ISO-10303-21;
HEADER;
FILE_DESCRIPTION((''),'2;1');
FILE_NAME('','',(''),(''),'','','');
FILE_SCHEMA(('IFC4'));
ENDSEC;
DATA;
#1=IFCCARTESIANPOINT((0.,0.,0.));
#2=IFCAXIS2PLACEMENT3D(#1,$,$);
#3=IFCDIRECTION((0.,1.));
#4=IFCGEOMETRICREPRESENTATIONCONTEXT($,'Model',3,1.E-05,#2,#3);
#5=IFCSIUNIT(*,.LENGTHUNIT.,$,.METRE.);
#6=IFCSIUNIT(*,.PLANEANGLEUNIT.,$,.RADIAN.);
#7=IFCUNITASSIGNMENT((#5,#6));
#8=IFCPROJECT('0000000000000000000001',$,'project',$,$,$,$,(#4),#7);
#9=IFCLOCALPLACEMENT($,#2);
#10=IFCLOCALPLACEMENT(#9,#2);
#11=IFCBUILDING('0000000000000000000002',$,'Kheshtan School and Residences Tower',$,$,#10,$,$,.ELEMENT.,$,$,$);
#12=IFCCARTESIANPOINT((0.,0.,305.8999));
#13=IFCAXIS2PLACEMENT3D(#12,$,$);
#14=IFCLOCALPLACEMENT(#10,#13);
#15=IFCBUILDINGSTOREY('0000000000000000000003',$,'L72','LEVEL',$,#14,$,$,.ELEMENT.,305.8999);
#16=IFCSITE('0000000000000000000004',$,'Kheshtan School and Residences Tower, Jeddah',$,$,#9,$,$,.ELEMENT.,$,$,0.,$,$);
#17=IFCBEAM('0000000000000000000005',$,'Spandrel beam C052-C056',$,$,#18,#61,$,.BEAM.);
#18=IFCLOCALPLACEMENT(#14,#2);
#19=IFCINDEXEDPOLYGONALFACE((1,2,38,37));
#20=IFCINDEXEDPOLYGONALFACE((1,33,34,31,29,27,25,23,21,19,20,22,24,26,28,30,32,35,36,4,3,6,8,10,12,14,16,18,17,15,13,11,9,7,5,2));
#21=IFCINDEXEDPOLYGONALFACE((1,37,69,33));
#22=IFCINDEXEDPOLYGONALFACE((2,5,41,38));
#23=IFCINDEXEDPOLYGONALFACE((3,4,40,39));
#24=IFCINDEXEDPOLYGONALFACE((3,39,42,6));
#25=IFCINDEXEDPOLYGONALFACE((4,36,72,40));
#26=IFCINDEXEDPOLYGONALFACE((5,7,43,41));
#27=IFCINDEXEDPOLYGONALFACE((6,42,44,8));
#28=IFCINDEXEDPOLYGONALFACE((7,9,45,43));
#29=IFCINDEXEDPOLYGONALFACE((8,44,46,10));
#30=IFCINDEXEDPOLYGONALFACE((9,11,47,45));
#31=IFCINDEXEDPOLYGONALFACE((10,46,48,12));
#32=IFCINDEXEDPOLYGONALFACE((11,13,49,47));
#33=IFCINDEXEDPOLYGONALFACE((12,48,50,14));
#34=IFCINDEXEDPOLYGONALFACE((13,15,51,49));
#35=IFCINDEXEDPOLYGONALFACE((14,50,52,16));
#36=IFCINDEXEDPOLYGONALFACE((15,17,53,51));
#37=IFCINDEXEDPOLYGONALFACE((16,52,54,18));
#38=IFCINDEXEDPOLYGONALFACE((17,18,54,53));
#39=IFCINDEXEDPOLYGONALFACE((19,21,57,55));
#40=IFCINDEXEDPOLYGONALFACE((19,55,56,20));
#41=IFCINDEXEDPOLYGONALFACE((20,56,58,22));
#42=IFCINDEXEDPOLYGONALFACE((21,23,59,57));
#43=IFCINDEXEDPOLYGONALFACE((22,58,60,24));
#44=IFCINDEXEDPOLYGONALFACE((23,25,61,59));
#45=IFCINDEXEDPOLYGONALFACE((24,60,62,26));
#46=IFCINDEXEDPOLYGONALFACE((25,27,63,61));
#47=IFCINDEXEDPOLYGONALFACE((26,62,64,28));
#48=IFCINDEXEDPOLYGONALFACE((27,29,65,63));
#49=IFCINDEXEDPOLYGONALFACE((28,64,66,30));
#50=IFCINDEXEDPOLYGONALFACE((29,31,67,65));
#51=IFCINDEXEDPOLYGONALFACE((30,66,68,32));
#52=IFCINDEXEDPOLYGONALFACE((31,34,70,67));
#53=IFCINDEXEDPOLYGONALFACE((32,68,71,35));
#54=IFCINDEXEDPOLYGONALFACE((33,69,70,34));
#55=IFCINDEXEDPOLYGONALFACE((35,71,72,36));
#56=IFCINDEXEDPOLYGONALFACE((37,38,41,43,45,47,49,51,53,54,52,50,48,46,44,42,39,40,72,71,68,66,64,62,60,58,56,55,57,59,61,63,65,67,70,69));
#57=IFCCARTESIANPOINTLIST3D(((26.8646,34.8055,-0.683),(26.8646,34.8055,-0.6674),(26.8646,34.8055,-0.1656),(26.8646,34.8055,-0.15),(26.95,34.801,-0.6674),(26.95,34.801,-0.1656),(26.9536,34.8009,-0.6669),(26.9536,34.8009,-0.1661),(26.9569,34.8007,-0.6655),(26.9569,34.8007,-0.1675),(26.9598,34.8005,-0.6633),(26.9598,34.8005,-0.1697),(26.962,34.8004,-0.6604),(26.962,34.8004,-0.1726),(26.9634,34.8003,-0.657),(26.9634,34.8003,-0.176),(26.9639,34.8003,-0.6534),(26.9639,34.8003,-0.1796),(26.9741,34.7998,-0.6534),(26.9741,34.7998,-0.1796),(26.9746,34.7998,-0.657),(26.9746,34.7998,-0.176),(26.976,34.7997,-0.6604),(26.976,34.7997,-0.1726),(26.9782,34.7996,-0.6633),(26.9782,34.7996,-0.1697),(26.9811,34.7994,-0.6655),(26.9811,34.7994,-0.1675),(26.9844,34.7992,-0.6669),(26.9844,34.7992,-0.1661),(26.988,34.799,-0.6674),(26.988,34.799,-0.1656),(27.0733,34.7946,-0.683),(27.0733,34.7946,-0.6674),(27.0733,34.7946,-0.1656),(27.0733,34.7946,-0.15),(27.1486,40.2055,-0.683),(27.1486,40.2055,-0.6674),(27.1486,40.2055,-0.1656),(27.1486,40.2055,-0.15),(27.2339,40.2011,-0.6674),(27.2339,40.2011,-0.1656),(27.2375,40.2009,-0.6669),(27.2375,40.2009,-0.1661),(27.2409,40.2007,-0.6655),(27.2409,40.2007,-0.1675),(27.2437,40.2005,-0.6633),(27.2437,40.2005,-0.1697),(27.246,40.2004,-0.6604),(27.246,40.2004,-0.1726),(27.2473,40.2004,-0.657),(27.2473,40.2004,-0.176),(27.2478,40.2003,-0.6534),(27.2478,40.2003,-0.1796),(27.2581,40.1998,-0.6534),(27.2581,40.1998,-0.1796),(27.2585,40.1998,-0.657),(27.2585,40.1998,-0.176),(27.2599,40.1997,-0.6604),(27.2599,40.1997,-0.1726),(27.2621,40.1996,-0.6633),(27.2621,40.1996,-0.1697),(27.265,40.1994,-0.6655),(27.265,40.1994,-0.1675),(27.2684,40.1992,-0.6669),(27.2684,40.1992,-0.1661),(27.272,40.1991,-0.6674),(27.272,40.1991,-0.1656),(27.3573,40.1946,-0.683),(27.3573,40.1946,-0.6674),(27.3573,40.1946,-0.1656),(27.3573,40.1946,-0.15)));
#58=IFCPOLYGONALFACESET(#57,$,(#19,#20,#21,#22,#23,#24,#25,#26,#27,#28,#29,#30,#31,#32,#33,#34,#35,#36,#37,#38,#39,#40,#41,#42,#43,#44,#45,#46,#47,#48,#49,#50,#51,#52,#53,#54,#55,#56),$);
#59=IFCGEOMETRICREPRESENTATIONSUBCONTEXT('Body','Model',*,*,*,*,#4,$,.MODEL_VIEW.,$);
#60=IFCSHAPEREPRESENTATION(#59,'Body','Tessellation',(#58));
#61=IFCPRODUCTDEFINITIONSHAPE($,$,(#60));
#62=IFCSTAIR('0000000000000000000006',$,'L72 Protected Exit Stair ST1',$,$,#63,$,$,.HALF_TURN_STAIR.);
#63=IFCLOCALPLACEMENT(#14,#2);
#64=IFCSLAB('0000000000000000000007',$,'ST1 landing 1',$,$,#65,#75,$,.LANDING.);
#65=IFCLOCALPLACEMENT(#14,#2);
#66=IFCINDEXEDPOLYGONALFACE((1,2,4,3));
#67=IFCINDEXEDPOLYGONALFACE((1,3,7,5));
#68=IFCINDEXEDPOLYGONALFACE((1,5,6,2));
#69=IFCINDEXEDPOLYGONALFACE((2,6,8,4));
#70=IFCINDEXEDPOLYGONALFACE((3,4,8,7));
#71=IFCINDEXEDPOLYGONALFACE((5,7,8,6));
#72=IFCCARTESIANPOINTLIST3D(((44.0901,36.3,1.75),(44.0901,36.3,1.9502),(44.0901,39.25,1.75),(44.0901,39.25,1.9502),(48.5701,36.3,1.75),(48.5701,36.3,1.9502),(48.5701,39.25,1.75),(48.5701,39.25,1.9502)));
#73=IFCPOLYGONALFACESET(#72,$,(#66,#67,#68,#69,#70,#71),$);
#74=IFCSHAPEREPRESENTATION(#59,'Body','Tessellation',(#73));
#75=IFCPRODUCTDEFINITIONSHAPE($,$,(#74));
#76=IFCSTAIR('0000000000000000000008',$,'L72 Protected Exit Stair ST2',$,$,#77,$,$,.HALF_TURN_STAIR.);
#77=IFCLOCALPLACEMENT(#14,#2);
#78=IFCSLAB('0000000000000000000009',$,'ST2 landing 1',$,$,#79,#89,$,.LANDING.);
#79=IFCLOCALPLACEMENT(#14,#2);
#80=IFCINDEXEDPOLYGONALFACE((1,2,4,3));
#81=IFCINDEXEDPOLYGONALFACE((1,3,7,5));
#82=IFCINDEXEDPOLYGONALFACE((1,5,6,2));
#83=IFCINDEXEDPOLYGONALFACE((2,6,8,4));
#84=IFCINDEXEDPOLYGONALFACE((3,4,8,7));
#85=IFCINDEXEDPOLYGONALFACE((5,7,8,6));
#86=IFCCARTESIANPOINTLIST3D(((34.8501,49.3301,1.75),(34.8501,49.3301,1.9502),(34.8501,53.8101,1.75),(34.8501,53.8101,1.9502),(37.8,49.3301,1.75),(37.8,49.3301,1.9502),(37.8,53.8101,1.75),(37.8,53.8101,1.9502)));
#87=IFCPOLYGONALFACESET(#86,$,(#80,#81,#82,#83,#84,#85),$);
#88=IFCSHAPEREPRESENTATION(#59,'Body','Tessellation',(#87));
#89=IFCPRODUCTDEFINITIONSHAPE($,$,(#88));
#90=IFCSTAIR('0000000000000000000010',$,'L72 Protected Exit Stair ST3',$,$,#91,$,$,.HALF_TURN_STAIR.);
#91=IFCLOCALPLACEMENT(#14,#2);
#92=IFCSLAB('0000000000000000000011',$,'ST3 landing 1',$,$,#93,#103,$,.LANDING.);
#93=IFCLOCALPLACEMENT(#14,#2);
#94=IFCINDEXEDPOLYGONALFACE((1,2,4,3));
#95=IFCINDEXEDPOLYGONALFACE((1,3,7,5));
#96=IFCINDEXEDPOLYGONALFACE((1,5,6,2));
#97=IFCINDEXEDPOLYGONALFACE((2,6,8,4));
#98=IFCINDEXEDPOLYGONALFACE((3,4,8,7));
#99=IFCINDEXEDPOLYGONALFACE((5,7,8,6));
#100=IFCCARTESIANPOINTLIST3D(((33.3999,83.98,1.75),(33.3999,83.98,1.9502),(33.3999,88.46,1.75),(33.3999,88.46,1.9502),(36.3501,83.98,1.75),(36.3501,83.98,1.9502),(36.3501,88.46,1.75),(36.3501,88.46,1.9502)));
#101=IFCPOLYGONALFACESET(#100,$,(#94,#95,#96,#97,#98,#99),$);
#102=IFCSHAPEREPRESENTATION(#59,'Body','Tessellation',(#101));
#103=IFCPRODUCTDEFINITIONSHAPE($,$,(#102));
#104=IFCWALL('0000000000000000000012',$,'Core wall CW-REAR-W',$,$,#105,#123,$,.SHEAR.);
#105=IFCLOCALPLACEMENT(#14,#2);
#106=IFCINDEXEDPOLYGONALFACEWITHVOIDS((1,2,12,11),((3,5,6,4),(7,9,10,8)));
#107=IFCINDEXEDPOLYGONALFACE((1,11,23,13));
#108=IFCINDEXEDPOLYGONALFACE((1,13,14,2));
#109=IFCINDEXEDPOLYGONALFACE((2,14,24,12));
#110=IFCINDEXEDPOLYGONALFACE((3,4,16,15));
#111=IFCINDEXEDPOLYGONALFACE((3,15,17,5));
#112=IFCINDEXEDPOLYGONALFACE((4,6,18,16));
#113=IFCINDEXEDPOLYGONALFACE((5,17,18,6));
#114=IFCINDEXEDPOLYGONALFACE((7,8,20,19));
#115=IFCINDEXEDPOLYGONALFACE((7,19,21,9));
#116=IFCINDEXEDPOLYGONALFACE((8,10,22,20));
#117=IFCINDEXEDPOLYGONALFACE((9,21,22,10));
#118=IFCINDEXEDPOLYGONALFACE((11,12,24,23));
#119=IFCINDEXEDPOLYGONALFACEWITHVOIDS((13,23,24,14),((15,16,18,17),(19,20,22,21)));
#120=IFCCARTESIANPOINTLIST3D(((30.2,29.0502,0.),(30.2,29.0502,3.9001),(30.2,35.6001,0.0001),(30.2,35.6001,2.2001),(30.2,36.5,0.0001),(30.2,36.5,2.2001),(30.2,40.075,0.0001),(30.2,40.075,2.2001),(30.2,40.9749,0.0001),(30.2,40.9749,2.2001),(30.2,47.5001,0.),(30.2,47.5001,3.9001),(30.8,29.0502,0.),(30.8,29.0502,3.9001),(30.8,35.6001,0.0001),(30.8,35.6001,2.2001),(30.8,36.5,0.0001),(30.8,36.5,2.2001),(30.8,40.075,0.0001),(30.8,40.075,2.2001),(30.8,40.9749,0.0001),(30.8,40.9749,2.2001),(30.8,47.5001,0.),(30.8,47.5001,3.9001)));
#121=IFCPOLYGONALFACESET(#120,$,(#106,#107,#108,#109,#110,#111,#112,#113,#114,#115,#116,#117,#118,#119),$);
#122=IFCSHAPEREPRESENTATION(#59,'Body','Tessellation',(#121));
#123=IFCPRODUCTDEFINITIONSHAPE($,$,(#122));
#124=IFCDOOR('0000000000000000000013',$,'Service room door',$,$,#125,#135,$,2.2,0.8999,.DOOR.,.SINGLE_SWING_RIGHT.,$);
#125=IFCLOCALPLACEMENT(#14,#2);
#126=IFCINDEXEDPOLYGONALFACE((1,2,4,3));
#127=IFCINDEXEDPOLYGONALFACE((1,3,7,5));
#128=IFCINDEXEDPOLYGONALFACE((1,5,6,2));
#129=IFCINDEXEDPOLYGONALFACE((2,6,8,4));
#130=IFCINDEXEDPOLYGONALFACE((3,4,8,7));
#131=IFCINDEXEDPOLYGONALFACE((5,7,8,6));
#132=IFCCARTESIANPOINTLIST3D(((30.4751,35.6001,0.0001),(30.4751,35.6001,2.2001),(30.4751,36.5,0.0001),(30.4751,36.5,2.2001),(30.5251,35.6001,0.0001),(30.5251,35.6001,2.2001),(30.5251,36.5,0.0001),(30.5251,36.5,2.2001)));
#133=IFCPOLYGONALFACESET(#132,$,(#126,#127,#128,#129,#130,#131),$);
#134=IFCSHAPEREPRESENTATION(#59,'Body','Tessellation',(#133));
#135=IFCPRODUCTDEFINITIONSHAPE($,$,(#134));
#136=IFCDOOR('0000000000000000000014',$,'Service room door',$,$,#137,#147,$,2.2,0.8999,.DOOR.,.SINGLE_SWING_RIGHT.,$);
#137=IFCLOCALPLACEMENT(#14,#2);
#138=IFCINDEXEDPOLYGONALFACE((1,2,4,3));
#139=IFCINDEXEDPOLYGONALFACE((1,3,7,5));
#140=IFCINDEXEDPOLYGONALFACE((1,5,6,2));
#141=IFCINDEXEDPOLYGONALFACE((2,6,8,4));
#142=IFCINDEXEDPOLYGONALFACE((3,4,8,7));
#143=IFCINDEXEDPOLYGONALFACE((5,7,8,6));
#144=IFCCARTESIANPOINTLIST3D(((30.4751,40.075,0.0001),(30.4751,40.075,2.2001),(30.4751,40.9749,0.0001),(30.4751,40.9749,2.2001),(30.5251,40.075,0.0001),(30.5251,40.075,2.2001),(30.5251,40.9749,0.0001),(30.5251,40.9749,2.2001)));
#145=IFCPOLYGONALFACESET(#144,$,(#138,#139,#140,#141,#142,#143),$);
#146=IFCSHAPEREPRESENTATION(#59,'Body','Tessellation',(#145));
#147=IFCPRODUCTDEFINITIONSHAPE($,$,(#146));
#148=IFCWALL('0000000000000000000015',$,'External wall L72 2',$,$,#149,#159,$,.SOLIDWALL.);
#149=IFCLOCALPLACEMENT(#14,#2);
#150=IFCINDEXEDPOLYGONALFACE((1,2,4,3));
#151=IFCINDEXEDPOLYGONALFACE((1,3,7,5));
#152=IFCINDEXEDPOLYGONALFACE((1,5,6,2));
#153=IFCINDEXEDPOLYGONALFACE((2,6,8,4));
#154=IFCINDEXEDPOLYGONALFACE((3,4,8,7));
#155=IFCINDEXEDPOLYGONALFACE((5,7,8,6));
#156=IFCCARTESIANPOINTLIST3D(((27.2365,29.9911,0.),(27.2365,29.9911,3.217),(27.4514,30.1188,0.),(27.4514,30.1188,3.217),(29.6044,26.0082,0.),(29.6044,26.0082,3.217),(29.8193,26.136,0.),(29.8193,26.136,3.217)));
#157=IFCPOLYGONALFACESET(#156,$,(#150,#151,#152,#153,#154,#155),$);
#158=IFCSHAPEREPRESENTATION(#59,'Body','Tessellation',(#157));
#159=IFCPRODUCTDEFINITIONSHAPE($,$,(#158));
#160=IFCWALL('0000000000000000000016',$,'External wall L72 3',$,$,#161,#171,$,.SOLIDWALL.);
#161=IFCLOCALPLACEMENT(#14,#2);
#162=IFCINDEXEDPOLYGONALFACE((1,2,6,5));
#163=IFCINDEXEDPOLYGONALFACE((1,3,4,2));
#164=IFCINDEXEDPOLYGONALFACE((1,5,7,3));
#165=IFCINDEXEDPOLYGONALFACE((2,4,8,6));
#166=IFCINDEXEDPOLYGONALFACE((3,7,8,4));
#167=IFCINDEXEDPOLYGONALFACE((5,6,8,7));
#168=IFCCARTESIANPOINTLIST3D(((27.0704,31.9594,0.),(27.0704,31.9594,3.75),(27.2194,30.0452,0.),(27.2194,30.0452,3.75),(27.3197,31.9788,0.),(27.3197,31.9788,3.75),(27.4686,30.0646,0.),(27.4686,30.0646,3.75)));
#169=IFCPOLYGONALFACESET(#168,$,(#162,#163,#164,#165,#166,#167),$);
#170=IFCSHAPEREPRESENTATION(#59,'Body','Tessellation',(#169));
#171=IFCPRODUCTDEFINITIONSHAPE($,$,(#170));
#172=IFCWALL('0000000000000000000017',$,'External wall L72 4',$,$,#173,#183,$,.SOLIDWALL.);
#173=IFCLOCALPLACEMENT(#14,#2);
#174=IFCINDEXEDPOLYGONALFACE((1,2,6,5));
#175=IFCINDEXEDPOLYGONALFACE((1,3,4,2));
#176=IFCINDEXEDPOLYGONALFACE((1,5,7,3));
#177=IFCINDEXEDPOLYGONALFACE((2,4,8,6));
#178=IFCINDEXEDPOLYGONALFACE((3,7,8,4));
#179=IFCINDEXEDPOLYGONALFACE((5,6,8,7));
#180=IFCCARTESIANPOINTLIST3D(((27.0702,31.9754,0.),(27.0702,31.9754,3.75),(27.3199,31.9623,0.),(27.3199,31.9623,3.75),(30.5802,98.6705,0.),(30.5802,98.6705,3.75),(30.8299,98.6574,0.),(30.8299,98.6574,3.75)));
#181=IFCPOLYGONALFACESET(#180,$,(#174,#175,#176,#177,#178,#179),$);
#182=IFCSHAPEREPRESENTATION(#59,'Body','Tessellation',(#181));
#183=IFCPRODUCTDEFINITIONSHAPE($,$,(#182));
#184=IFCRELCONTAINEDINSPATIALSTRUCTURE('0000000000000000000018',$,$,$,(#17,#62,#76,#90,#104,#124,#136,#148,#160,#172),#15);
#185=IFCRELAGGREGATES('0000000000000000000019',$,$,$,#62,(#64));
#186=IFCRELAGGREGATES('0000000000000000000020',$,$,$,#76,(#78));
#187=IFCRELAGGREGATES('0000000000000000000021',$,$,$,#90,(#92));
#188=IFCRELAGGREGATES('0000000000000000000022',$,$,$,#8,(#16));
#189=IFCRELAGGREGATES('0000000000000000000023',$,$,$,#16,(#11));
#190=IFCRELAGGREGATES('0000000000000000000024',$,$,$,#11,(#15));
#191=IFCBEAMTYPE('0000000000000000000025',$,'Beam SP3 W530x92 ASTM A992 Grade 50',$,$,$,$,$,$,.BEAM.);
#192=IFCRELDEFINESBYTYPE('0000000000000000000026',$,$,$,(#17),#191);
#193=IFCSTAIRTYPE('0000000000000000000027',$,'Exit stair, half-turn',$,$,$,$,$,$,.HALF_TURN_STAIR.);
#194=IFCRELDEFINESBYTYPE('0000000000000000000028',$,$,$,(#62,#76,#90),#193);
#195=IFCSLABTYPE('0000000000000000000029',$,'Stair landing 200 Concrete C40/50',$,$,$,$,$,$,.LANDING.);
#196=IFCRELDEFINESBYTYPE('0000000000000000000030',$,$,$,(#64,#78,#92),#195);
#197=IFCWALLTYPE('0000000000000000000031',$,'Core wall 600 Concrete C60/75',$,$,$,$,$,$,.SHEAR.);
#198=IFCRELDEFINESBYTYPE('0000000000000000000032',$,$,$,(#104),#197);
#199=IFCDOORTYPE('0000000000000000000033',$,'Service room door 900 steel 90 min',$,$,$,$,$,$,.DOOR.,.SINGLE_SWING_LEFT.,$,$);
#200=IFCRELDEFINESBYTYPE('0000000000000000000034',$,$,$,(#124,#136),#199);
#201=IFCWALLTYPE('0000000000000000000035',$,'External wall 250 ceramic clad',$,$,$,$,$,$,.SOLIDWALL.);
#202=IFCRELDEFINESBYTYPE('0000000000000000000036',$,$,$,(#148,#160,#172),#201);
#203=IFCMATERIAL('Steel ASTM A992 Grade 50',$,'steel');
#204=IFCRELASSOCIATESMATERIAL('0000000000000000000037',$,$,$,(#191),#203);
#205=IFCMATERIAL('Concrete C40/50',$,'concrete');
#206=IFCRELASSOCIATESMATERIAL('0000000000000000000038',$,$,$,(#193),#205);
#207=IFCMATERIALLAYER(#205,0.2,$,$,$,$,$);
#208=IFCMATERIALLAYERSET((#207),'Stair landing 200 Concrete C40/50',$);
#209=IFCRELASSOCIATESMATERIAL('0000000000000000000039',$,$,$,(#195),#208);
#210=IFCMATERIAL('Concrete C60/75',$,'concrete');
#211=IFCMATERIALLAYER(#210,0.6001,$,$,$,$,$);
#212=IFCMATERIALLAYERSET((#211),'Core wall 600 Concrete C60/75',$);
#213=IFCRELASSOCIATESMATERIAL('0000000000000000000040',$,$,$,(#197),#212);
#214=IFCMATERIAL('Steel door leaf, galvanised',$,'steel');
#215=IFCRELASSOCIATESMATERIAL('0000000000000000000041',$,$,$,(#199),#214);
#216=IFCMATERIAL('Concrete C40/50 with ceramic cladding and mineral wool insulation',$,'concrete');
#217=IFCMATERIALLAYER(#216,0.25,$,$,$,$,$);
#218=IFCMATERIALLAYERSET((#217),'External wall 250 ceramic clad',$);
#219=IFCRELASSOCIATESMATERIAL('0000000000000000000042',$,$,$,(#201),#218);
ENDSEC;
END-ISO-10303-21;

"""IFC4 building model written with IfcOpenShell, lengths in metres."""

from ifc_helpers import new_model, si_unit, direction, frame, frame_2d, origin, origin_2d, place, context, subcontext, project, spatial, polyline, rectangle, i_section, outline, extrude, source, transform, mapped, material, layer, layer_set, material_profile, profile_set, type_object, element, fill, aggregate, save


model = new_model("IFC4")

# Units and contexts
model_context = context("Model", 3, precision=1e-05, world=origin(), true_north=direction((0.0, 1.0)))
body_context = subcontext(model_context, "Body", "Model", "MODEL_VIEW")
ifc_project = project(units=[si_unit("LENGTHUNIT", "METRE"), si_unit("PLANEANGLEUNIT", "RADIAN")], contexts=[model_context])

# Site, building, storey
site_placement = place(None, origin())
site = spatial("IfcSite", under=ifc_project, at=site_placement, Name="Kheshtan School and Residences Tower, Jeddah", CompositionType="ELEMENT", RefElevation=0.0)
building_placement = place(site_placement, origin())
building = spatial("IfcBuilding", under=site, at=building_placement, Name="Kheshtan School and Residences Tower", CompositionType="ELEMENT")
storey_placement = place(building_placement, frame((0.0, 0.0, 305.8999)))
storey = spatial("IfcBuildingStorey", under=building, at=storey_placement, Name="L72", Description="LEVEL", CompositionType="ELEMENT", Elevation=305.8999)

# Shared definitions
ifc_material_1 = material(Name="Steel ASTM A992 Grade 50", Category="steel")

# Beam
ifc_material_profile_1 = material_profile(ifc_material_1, i_section(OverallWidth=0.209, OverallDepth=0.533, WebThickness=0.0103, FlangeThickness=0.0156, FilletRadius=0.0139, at=origin_2d()), Name="W530x92")
ifc_profile_set_1 = profile_set([ifc_material_profile_1], Name="Steel ASTM A992 Grade 50")
beam_type_1 = type_object("IfcBeamType", Name="Beam SP3 W530x92 ASTM A992 Grade 50", PredefinedType="BEAM", material=ifc_profile_set_1)
beam_1_placement = place(storey_placement, frame((26.969, 34.8, -0.4165), z_axis=(0.052509, 0.99862, 0.0), x_axis=(-0.99862, 0.052509, 0.0)))
element("IfcBeam", 1, at=beam_1_placement, inside=storey, type_object=beam_type_1, Name="Spandrel beam C052-C056", PredefinedType="BEAM", context=body_context, shape_type="SweptSolid", body=[
    extrude(i_section(OverallWidth=0.209, OverallDepth=0.533, WebThickness=0.0103, FlangeThickness=0.0156, FilletRadius=0.0139, at=origin_2d()), origin(), (0.0, 0.0, 1.0), 5.4075),
])

# Shared definitions
ifc_material_2 = material(Name="Concrete C40/50", Category="concrete")

# Stairs, slabs
stair_type = type_object("IfcStairType", Name="Exit stair, half-turn", PredefinedType="HALF_TURN_STAIR", material=ifc_material_2)
stair_1_placement = place(storey_placement, origin())
stair_1 = element("IfcStair", 2, at=stair_1_placement, inside=storey, type_object=stair_type, Name="L72 Protected Exit Stair ST1", PredefinedType="HALF_TURN_STAIR")
ifc_layer_1 = layer(ifc_material_2, 0.2)
ifc_layer_set_1 = layer_set([ifc_layer_1], Name="Stair landing 200 Concrete C40/50")
slab_type_1 = type_object("IfcSlabType", Name="Stair landing 200 Concrete C40/50", PredefinedType="LANDING", material=ifc_layer_set_1)
slab_1_placement = place(storey_placement, frame((0.0, 0.0, 1.75)))
slab_1 = element("IfcSlab", 3, at=slab_1_placement, type_object=slab_type_1, Name="ST1 landing 1", PredefinedType="LANDING", context=body_context, shape_type="SweptSolid", body=[
    extrude(outline(polyline([(48.5701, 39.25), (44.0901, 39.25), (44.0901, 36.3), (48.5701, 36.3), (48.5701, 39.25)])), origin(), (0.0, 0.0, 1.0), 0.2002),
])
aggregate(stair_1, [slab_1])
stair_2_placement = place(storey_placement, origin())
stair_2 = element("IfcStair", 4, at=stair_2_placement, inside=storey, type_object=stair_type, Name="L72 Protected Exit Stair ST2", PredefinedType="HALF_TURN_STAIR")
slab_2_placement = place(storey_placement, frame((0.0, 0.0, 1.75)))
slab_2 = element("IfcSlab", 5, at=slab_2_placement, type_object=slab_type_1, Name="ST2 landing 1", PredefinedType="LANDING", context=body_context, shape_type="SweptSolid", body=[
    extrude(outline(polyline([(37.8, 49.3301), (37.8, 53.8101), (34.8501, 53.8101), (34.8501, 49.3301), (37.8, 49.3301)])), origin(), (0.0, 0.0, 1.0), 0.2002),
])
aggregate(stair_2, [slab_2])
stair_3_placement = place(storey_placement, origin())
stair_3 = element("IfcStair", 6, at=stair_3_placement, inside=storey, type_object=stair_type, Name="L72 Protected Exit Stair ST3", PredefinedType="HALF_TURN_STAIR")
slab_3_placement = place(storey_placement, frame((0.0, 0.0, 1.75)))
slab_3 = element("IfcSlab", 7, at=slab_3_placement, type_object=slab_type_1, Name="ST3 landing 1", PredefinedType="LANDING", context=body_context, shape_type="SweptSolid", body=[
    extrude(outline(polyline([(36.3501, 83.98), (36.3501, 88.46), (33.3999, 88.46), (33.3999, 83.98), (36.3501, 83.98)])), origin(), (0.0, 0.0, 1.0), 0.2002),
])
aggregate(stair_3, [slab_3])

# Wall, openings, doors
ifc_material_3 = material(Name="Concrete C60/75", Category="concrete")
ifc_layer_2 = layer(ifc_material_3, 0.6001)
ifc_layer_set_2 = layer_set([ifc_layer_2], Name="Core wall 600 Concrete C60/75")
wall_type_1 = type_object("IfcWallType", Name="Core wall 600 Concrete C60/75", PredefinedType="SHEAR", material=ifc_layer_set_2)
wall_1_placement = place(storey_placement, frame((30.5, 29.05, 0.0), z_axis=(0.0, 0.0, 1.0), x_axis=(0.0, 1.0, 0.0)))
wall_1 = element("IfcWall", 8, at=wall_1_placement, inside=storey, type_object=wall_type_1, Name="Core wall CW-REAR-W", PredefinedType="SHEAR", context=body_context, shape_type="SweptSolid", body=[
    extrude(rectangle(XDim=18.45, YDim=0.6001, at=frame_2d((9.2251, 0.0))), origin(), (0.0, 0.0, 1.0), 3.9001),
])
opening_1_placement = place(wall_1_placement, frame((6.55, 0.0, 0.0)))
opening_1 = element("IfcOpeningElement", 9, at=opening_1_placement, cuts=wall_1, PredefinedType="OPENING", context=body_context, shape_type="SweptSolid", body=[
    extrude(rectangle(XDim=0.8999, YDim=2.2, at=frame_2d((0.45, 1.1001))), frame((0.0, 0.3101, 0.0), z_axis=(0.0, -1.0, 0.0), x_axis=(1.0, 0.0, 0.0)), (0.0, 0.0, 1.0), 0.6201),
])
opening_2_placement = place(wall_1_placement, frame((11.0249, 0.0, 0.0)))
opening_2 = element("IfcOpeningElement", 10, at=opening_2_placement, cuts=wall_1, PredefinedType="OPENING", context=body_context, shape_type="SweptSolid", body=[
    extrude(rectangle(XDim=0.8999, YDim=2.2, at=frame_2d((0.45, 1.1001))), frame((0.0, 0.3101, 0.0), z_axis=(0.0, -1.0, 0.0), x_axis=(1.0, 0.0, 0.0)), (0.0, 0.0, 1.0), 0.6201),
])
ifc_material_4 = material(Name="Steel door leaf, galvanised", Category="steel")
door_type = type_object("IfcDoorType", Name="Service room door 900 steel 90 min", OperationType="SINGLE_SWING_LEFT", PredefinedType="DOOR", material=ifc_material_4)
shared_shape = source(origin(), body_context, "Body", "SweptSolid", [
    extrude(rectangle(XDim=0.8999, YDim=2.2, at=frame_2d((0.45, 1.1001))), frame((0.0, 0.0249, 0.0), z_axis=(0.0, -1.0, 0.0), x_axis=(1.0, 0.0, 0.0)), (0.0, 0.0, 1.0), 0.05),
])
door_1_placement = place(opening_1_placement, origin())
door_1 = element("IfcDoor", 11, at=door_1_placement, inside=storey, type_object=door_type, Name="Service room door", OperationType="SINGLE_SWING_RIGHT", OverallHeight=2.2, OverallWidth=0.8999, PredefinedType="DOOR", context=body_context, shape_type="MappedRepresentation", body=[
    mapped(shared_shape, transform((0.0, 0.0, 0.0), x_axis=(1.0, 0.0, 0.0), y_axis=(0.0, 1.0, 0.0), z_axis=(0.0, 0.0, 1.0), scale=1.0)),
])
fill(opening_1, door_1)
door_2_placement = place(opening_2_placement, origin())
door_2 = element("IfcDoor", 12, at=door_2_placement, inside=storey, type_object=door_type, Name="Service room door", OperationType="SINGLE_SWING_RIGHT", OverallHeight=2.2, OverallWidth=0.8999, PredefinedType="DOOR", context=body_context, shape_type="MappedRepresentation", body=[
    mapped(shared_shape, transform((0.0, 0.0, 0.0), x_axis=(1.0, 0.0, 0.0), y_axis=(0.0, 1.0, 0.0), z_axis=(0.0, 0.0, 1.0), scale=1.0)),
])
fill(opening_2, door_2)

# Walls
ifc_material_5 = material(Name="Concrete C40/50 with ceramic cladding and mineral wool insulation", Category="concrete")
ifc_layer_3 = layer(ifc_material_5, 0.25)
ifc_layer_set_3 = layer_set([ifc_layer_3], Name="External wall 250 ceramic clad")
wall_type_2 = type_object("IfcWallType", Name="External wall 250 ceramic clad", PredefinedType="SOLIDWALL", material=ifc_layer_set_3)
wall_2_placement = place(storey_placement, frame((29.7119, 26.072, 0.0), z_axis=(0.0, 0.0, 1.0), x_axis=(-0.511028, 0.859564, 0.0)))
element("IfcWall", 13, at=wall_2_placement, inside=storey, type_object=wall_type_2, Name="External wall L72 2", PredefinedType="SOLIDWALL", context=body_context, shape_type="SweptSolid", body=[
    extrude(rectangle(XDim=4.6335, YDim=0.25, at=frame_2d((2.3169, 0.0))), origin(), (0.0, 0.0, 1.0), 3.217),
])
wall_3_placement = place(storey_placement, frame((27.344, 30.0549, 0.0), z_axis=(0.0, 0.0, 1.0), x_axis=(-0.077572, 0.996987, 0.0)))
element("IfcWall", 14, at=wall_3_placement, inside=storey, type_object=wall_type_2, Name="External wall L72 3", PredefinedType="SOLIDWALL", context=body_context, shape_type="SweptSolid", body=[
    extrude(rectangle(XDim=1.9199, YDim=0.25, at=frame_2d((0.96, 0.0))), origin(), (0.0, 0.0, 1.0), 3.75),
])
wall_4_placement = place(storey_placement, frame((27.1951, 31.969, 0.0), z_axis=(0.0, 0.0, 1.0), x_axis=(0.052555, 0.998618, 0.0)))
element("IfcWall", 15, at=wall_4_placement, inside=storey, type_object=wall_type_2, Name="External wall L72 4", PredefinedType="SOLIDWALL", context=body_context, shape_type="SweptSolid", body=[
    extrude(rectangle(XDim=66.7874, YDim=0.25, at=frame_2d((33.3936, 0.0))), origin(), (0.0, 0.0, 1.0), 3.75),
])

save(model, "model.ifc")
